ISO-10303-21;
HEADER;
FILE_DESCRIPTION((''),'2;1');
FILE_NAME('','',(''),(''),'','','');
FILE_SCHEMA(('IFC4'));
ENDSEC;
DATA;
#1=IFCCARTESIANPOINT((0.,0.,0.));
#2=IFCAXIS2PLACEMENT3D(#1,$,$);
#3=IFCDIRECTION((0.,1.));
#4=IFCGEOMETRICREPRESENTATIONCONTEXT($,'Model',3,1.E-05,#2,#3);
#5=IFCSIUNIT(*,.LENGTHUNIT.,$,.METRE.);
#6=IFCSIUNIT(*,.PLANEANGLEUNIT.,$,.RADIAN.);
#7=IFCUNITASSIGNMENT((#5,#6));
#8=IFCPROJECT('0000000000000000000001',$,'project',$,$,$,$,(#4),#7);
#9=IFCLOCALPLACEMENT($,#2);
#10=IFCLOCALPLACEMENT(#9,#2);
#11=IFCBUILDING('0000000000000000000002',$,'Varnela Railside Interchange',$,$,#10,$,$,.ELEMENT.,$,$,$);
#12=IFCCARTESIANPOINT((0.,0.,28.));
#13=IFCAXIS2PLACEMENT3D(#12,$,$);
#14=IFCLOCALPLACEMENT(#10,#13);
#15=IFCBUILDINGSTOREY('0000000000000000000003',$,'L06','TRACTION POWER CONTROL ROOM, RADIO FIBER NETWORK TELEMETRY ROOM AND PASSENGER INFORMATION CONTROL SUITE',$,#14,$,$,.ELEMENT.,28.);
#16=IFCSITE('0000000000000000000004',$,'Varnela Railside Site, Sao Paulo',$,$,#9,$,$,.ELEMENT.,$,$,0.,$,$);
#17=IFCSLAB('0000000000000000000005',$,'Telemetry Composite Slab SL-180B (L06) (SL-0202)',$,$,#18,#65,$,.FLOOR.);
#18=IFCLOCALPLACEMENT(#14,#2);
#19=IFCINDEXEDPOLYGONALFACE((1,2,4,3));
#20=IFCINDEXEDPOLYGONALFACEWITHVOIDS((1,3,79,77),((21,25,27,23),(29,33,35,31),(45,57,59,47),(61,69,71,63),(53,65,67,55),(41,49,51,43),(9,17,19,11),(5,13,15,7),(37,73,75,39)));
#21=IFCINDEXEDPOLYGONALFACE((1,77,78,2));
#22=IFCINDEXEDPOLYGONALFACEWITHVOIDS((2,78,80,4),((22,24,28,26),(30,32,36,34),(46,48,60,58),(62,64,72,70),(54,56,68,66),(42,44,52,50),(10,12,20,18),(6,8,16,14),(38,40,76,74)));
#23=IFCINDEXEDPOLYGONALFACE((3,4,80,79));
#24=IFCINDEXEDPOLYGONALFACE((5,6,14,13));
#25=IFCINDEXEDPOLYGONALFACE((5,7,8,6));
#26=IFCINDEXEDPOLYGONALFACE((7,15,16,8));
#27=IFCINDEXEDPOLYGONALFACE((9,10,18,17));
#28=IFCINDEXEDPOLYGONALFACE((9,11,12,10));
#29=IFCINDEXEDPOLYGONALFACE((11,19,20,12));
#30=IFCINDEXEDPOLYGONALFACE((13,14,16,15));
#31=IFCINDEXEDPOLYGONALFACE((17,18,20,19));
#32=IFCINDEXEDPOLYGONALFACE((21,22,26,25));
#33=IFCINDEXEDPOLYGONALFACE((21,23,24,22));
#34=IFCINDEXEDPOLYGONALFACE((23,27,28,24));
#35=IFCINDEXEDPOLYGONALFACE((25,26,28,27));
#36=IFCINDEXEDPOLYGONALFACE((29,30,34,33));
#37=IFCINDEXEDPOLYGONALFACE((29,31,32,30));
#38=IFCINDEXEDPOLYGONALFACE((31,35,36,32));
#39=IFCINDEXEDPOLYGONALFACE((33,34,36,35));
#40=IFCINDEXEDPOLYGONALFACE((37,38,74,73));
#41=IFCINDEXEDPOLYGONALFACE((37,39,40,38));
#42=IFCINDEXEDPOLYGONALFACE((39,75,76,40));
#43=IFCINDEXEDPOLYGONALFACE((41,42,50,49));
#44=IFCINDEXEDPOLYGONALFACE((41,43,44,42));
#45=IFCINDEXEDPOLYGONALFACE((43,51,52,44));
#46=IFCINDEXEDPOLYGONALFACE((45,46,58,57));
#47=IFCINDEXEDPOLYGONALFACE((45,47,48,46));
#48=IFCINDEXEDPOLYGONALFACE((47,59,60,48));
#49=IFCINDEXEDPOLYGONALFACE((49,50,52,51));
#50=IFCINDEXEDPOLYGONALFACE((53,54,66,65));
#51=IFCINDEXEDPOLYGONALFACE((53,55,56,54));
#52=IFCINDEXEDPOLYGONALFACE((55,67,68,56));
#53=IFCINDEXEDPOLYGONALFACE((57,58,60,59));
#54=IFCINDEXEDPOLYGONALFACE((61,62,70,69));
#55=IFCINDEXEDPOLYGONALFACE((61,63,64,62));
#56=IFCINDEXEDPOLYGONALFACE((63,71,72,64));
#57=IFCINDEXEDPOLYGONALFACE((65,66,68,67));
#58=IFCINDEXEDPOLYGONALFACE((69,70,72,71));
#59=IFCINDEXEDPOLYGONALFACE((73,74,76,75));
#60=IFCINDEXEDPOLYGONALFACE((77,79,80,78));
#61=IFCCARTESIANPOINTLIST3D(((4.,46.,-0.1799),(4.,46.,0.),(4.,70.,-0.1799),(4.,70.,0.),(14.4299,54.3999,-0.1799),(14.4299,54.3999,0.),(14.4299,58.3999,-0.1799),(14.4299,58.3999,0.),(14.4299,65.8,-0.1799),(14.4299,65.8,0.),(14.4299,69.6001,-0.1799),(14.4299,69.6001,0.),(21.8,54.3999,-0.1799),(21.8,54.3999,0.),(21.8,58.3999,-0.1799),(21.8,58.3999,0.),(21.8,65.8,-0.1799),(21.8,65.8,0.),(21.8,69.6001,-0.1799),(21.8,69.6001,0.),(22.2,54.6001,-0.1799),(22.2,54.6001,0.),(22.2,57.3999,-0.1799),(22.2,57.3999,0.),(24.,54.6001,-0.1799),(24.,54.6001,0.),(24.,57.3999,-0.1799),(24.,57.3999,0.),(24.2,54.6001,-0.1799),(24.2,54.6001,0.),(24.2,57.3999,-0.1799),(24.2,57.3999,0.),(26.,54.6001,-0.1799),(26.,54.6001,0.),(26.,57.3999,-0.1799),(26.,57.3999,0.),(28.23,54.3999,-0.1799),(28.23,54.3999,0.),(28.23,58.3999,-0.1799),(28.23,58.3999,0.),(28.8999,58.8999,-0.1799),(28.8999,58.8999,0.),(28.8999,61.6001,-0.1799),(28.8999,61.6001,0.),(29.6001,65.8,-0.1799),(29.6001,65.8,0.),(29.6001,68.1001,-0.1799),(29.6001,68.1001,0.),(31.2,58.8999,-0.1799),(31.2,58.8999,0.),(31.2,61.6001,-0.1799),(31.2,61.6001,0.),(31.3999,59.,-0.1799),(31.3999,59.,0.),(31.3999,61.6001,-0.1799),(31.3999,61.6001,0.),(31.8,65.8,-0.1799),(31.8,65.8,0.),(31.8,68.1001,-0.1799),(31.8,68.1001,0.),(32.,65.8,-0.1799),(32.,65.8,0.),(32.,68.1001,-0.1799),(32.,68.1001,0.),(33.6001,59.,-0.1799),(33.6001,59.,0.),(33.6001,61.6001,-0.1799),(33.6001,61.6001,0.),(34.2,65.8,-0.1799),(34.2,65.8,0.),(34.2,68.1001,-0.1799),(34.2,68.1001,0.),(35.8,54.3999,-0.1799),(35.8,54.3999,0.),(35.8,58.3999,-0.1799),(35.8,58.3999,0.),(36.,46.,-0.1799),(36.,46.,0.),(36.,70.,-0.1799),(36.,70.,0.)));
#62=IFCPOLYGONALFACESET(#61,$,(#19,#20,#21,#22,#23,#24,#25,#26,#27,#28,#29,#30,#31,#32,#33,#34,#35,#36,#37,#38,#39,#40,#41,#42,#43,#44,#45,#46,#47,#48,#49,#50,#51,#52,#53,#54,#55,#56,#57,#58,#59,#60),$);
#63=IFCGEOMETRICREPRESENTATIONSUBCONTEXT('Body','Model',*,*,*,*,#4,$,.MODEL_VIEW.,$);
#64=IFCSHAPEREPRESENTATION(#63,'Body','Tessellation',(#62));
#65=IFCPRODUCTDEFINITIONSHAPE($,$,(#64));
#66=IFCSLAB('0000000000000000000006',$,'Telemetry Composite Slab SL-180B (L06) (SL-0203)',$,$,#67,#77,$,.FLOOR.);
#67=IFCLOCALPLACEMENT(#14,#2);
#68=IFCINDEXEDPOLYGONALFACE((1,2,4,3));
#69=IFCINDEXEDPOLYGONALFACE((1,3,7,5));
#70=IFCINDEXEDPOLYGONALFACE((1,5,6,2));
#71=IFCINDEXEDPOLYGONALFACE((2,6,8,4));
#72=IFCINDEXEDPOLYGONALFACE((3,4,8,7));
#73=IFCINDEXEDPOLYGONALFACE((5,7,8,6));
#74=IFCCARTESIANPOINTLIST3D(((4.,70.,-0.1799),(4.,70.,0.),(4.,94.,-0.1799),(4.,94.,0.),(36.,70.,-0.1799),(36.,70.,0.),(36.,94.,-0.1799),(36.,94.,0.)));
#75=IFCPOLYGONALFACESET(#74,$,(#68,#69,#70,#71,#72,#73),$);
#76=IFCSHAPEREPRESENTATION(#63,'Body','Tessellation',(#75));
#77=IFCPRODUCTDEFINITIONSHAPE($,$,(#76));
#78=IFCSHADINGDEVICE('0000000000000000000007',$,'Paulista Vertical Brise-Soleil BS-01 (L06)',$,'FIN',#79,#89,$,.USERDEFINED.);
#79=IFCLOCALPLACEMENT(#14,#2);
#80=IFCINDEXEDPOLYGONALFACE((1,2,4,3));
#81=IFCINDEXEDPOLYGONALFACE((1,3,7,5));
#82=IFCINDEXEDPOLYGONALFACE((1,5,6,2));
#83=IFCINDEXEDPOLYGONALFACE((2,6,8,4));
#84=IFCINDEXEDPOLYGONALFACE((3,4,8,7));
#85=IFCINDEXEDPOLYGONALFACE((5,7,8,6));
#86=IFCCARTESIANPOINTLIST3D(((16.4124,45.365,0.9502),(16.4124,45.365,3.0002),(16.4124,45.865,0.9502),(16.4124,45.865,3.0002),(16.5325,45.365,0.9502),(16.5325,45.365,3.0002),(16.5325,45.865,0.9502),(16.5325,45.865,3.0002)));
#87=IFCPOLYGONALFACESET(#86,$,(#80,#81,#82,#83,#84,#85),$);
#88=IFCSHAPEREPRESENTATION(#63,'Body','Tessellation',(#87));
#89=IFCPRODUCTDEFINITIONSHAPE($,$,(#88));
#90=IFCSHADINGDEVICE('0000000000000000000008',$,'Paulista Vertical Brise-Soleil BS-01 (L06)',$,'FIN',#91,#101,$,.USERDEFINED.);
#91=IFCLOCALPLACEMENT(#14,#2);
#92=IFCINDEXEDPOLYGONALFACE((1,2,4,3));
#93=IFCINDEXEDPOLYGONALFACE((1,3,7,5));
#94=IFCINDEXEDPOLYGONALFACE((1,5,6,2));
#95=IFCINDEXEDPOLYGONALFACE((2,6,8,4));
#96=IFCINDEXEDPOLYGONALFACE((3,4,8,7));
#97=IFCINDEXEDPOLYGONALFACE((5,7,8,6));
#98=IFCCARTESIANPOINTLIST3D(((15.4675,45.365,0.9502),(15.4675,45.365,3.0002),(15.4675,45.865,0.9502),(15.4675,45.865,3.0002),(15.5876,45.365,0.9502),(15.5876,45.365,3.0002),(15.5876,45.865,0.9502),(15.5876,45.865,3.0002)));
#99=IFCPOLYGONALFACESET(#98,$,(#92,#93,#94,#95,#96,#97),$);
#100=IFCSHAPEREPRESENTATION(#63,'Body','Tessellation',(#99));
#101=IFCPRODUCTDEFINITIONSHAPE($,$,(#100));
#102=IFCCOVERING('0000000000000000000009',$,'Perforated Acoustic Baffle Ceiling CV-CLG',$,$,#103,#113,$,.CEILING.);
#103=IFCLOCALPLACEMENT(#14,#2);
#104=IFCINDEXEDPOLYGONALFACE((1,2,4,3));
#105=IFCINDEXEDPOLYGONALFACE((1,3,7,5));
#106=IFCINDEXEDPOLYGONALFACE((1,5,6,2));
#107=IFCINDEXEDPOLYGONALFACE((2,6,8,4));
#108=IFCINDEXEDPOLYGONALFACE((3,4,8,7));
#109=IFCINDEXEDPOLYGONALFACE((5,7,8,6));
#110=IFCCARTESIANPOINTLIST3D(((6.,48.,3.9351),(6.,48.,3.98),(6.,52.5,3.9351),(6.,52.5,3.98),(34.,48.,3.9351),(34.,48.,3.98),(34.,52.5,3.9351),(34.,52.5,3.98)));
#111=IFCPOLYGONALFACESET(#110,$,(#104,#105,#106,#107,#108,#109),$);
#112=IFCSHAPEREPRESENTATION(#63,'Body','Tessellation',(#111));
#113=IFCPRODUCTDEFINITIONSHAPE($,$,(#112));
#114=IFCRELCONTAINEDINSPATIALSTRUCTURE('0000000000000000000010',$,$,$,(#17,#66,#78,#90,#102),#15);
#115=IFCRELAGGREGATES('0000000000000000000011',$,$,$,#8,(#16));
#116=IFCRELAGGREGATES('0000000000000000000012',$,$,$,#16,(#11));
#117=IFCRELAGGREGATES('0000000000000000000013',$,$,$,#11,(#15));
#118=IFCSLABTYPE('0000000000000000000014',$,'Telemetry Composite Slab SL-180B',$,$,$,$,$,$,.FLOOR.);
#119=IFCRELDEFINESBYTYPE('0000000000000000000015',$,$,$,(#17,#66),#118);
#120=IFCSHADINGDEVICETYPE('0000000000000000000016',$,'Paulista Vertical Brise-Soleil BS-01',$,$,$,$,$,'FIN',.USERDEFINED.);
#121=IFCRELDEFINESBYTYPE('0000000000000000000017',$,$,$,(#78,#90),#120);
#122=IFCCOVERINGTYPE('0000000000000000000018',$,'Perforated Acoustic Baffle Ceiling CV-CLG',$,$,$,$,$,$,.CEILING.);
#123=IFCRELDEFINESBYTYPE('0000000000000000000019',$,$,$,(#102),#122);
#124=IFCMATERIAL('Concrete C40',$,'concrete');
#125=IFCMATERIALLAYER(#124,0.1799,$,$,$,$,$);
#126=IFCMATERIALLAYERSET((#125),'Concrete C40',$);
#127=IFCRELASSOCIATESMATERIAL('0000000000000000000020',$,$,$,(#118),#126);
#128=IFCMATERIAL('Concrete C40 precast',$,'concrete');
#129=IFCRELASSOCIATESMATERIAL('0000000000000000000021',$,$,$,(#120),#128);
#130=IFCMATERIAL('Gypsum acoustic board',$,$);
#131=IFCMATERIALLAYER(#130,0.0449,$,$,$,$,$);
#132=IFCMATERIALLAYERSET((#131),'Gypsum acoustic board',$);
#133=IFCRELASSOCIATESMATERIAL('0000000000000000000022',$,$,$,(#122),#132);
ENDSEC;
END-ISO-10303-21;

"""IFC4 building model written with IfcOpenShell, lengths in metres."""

from ifc_helpers import new_model, si_unit, direction, frame, origin, origin_2d, place, context, subcontext, project, spatial, polyline, rectangle, outline, extrude, material, layer, layer_set, type_object, element, save


model = new_model("IFC4")

# Units and contexts
model_context = context("Model", 3, precision=1e-05, world=origin(), true_north=direction((0.0, 1.0)))
body_context = subcontext(model_context, "Body", "Model", "MODEL_VIEW")
ifc_project = project(units=[si_unit("LENGTHUNIT", "METRE"), si_unit("PLANEANGLEUNIT", "RADIAN")], contexts=[model_context])

# Site, building, storey
site_placement = place(None, origin())
site = spatial("IfcSite", under=ifc_project, at=site_placement, Name="Varnela Railside Site, Sao Paulo", CompositionType="ELEMENT", RefElevation=0.0)
building_placement = place(site_placement, origin())
building = spatial("IfcBuilding", under=site, at=building_placement, Name="Varnela Railside Interchange", CompositionType="ELEMENT")
storey_placement = place(building_placement, frame((0.0, 0.0, 28.0)))
storey = spatial("IfcBuildingStorey", under=building, at=storey_placement, Name="L06", Description="TRACTION POWER CONTROL ROOM, RADIO FIBER NETWORK TELEMETRY ROOM AND PASSENGER INFORMATION CONTROL SUITE", CompositionType="ELEMENT", Elevation=28.0)

# Shared definitions
ifc_material_1 = material(Name="Concrete C40", Category="concrete")

# Slabs
ifc_layer_1 = layer(ifc_material_1, 0.1799)
ifc_layer_set_1 = layer_set([ifc_layer_1], Name="Concrete C40")
slab_type_1 = type_object("IfcSlabType", Name="Telemetry Composite Slab SL-180B", PredefinedType="FLOOR", material=ifc_layer_set_1)
slab_1_placement = place(storey_placement, frame((0.0, 0.0, -0.1799)))
element("IfcSlab", 1, at=slab_1_placement, inside=storey, type_object=slab_type_1, Name="Telemetry Composite Slab SL-180B (L06) (SL-0202)", PredefinedType="FLOOR", context=body_context, shape_type="SweptSolid", body=[
    extrude(outline(polyline([(4.0, 46.0), (36.0, 46.0), (36.0, 70.0), (4.0, 70.0), (4.0, 46.0)]), holes=[polyline([(14.4299, 54.3999), (21.8, 54.3999), (21.8, 58.3999), (14.4299, 58.3999), (14.4299, 54.3999)]), polyline([(28.23, 54.3999), (35.8, 54.3999), (35.8, 58.3999), (28.23, 58.3999), (28.23, 54.3999)]), polyline([(14.4299, 65.8), (21.8, 65.8), (21.8, 69.6001), (14.4299, 69.6001), (14.4299, 65.8)]), polyline([(22.2, 54.6001), (24.0, 54.6001), (24.0, 57.3999), (22.2, 57.3999), (22.2, 54.6001)]), polyline([(24.2, 54.6001), (26.0, 54.6001), (26.0, 57.3999), (24.2, 57.3999), (24.2, 54.6001)]), polyline([(29.6001, 65.8), (31.8, 65.8), (31.8, 68.1001), (29.6001, 68.1001), (29.6001, 65.8)]), polyline([(32.0, 65.8), (34.2, 65.8), (34.2, 68.1001), (32.0, 68.1001), (32.0, 65.8)]), polyline([(31.3999, 59.0), (33.6001, 59.0), (33.6001, 61.6001), (31.3999, 61.6001), (31.3999, 59.0)]), polyline([(28.8999, 58.8999), (31.2, 58.8999), (31.2, 61.6001), (28.8999, 61.6001), (28.8999, 58.8999)])]), origin(), (0.0, 0.0, 1.0), 0.1799),
])
slab_2_placement = place(storey_placement, frame((0.0, 0.0, -0.1799)))
element("IfcSlab", 2, at=slab_2_placement, inside=storey, type_object=slab_type_1, Name="Telemetry Composite Slab SL-180B (L06) (SL-0203)", PredefinedType="FLOOR", context=body_context, shape_type="SweptSolid", body=[
    extrude(outline(polyline([(4.0, 70.0), (36.0, 70.0), (36.0, 94.0), (4.0, 94.0), (4.0, 70.0)])), origin(), (0.0, 0.0, 1.0), 0.1799),
])

# Shading devices
ifc_material_2 = material(Name="Concrete C40 precast", Category="concrete")
shading_device_type = type_object("IfcShadingDeviceType", Name="Paulista Vertical Brise-Soleil BS-01", ElementType="FIN", PredefinedType="USERDEFINED", material=ifc_material_2)
for number, where, z_axis, x_axis, name in (
    (3, (16.4724, 45.615, 0.9502), (0.0, 0.0, 1.0), (0.0, -1.0, 0.0), "Paulista Vertical Brise-Soleil BS-01 (L06)"),
    (4, (15.5276, 45.615, 0.9502), (0.0, 0.0, 1.0), (0.0, -1.0, 0.0), "Paulista Vertical Brise-Soleil BS-01 (L06)"),
):
    element("IfcShadingDevice", number, at=place(storey_placement, frame(where, z_axis=z_axis, x_axis=x_axis)), inside=storey, type_object=shading_device_type, Name=name, ObjectType="FIN", PredefinedType="USERDEFINED", context=body_context, shape_type="SweptSolid", body=[
        extrude(rectangle(XDim=0.5, YDim=0.1201, at=origin_2d()), origin(), (0.0, 0.0, 1.0), 2.05),
    ])

# Covering
ifc_material_3 = material(Name="Gypsum acoustic board")
ifc_layer_2 = layer(ifc_material_3, 0.0449)
ifc_layer_set_2 = layer_set([ifc_layer_2], Name="Gypsum acoustic board")
covering_type = type_object("IfcCoveringType", Name="Perforated Acoustic Baffle Ceiling CV-CLG", PredefinedType="CEILING", material=ifc_layer_set_2)
covering_placement = place(storey_placement, frame((0.0, 0.0, 3.9351)))
element("IfcCovering", 5, at=covering_placement, inside=storey, type_object=covering_type, Name="Perforated Acoustic Baffle Ceiling CV-CLG", PredefinedType="CEILING", context=body_context, shape_type="SweptSolid", body=[
    extrude(outline(polyline([(6.0, 48.0), (34.0, 48.0), (34.0, 52.5), (6.0, 52.5), (6.0, 48.0)])), origin(), (0.0, 0.0, 1.0), 0.0449),
])

save(model, "model.ifc")
